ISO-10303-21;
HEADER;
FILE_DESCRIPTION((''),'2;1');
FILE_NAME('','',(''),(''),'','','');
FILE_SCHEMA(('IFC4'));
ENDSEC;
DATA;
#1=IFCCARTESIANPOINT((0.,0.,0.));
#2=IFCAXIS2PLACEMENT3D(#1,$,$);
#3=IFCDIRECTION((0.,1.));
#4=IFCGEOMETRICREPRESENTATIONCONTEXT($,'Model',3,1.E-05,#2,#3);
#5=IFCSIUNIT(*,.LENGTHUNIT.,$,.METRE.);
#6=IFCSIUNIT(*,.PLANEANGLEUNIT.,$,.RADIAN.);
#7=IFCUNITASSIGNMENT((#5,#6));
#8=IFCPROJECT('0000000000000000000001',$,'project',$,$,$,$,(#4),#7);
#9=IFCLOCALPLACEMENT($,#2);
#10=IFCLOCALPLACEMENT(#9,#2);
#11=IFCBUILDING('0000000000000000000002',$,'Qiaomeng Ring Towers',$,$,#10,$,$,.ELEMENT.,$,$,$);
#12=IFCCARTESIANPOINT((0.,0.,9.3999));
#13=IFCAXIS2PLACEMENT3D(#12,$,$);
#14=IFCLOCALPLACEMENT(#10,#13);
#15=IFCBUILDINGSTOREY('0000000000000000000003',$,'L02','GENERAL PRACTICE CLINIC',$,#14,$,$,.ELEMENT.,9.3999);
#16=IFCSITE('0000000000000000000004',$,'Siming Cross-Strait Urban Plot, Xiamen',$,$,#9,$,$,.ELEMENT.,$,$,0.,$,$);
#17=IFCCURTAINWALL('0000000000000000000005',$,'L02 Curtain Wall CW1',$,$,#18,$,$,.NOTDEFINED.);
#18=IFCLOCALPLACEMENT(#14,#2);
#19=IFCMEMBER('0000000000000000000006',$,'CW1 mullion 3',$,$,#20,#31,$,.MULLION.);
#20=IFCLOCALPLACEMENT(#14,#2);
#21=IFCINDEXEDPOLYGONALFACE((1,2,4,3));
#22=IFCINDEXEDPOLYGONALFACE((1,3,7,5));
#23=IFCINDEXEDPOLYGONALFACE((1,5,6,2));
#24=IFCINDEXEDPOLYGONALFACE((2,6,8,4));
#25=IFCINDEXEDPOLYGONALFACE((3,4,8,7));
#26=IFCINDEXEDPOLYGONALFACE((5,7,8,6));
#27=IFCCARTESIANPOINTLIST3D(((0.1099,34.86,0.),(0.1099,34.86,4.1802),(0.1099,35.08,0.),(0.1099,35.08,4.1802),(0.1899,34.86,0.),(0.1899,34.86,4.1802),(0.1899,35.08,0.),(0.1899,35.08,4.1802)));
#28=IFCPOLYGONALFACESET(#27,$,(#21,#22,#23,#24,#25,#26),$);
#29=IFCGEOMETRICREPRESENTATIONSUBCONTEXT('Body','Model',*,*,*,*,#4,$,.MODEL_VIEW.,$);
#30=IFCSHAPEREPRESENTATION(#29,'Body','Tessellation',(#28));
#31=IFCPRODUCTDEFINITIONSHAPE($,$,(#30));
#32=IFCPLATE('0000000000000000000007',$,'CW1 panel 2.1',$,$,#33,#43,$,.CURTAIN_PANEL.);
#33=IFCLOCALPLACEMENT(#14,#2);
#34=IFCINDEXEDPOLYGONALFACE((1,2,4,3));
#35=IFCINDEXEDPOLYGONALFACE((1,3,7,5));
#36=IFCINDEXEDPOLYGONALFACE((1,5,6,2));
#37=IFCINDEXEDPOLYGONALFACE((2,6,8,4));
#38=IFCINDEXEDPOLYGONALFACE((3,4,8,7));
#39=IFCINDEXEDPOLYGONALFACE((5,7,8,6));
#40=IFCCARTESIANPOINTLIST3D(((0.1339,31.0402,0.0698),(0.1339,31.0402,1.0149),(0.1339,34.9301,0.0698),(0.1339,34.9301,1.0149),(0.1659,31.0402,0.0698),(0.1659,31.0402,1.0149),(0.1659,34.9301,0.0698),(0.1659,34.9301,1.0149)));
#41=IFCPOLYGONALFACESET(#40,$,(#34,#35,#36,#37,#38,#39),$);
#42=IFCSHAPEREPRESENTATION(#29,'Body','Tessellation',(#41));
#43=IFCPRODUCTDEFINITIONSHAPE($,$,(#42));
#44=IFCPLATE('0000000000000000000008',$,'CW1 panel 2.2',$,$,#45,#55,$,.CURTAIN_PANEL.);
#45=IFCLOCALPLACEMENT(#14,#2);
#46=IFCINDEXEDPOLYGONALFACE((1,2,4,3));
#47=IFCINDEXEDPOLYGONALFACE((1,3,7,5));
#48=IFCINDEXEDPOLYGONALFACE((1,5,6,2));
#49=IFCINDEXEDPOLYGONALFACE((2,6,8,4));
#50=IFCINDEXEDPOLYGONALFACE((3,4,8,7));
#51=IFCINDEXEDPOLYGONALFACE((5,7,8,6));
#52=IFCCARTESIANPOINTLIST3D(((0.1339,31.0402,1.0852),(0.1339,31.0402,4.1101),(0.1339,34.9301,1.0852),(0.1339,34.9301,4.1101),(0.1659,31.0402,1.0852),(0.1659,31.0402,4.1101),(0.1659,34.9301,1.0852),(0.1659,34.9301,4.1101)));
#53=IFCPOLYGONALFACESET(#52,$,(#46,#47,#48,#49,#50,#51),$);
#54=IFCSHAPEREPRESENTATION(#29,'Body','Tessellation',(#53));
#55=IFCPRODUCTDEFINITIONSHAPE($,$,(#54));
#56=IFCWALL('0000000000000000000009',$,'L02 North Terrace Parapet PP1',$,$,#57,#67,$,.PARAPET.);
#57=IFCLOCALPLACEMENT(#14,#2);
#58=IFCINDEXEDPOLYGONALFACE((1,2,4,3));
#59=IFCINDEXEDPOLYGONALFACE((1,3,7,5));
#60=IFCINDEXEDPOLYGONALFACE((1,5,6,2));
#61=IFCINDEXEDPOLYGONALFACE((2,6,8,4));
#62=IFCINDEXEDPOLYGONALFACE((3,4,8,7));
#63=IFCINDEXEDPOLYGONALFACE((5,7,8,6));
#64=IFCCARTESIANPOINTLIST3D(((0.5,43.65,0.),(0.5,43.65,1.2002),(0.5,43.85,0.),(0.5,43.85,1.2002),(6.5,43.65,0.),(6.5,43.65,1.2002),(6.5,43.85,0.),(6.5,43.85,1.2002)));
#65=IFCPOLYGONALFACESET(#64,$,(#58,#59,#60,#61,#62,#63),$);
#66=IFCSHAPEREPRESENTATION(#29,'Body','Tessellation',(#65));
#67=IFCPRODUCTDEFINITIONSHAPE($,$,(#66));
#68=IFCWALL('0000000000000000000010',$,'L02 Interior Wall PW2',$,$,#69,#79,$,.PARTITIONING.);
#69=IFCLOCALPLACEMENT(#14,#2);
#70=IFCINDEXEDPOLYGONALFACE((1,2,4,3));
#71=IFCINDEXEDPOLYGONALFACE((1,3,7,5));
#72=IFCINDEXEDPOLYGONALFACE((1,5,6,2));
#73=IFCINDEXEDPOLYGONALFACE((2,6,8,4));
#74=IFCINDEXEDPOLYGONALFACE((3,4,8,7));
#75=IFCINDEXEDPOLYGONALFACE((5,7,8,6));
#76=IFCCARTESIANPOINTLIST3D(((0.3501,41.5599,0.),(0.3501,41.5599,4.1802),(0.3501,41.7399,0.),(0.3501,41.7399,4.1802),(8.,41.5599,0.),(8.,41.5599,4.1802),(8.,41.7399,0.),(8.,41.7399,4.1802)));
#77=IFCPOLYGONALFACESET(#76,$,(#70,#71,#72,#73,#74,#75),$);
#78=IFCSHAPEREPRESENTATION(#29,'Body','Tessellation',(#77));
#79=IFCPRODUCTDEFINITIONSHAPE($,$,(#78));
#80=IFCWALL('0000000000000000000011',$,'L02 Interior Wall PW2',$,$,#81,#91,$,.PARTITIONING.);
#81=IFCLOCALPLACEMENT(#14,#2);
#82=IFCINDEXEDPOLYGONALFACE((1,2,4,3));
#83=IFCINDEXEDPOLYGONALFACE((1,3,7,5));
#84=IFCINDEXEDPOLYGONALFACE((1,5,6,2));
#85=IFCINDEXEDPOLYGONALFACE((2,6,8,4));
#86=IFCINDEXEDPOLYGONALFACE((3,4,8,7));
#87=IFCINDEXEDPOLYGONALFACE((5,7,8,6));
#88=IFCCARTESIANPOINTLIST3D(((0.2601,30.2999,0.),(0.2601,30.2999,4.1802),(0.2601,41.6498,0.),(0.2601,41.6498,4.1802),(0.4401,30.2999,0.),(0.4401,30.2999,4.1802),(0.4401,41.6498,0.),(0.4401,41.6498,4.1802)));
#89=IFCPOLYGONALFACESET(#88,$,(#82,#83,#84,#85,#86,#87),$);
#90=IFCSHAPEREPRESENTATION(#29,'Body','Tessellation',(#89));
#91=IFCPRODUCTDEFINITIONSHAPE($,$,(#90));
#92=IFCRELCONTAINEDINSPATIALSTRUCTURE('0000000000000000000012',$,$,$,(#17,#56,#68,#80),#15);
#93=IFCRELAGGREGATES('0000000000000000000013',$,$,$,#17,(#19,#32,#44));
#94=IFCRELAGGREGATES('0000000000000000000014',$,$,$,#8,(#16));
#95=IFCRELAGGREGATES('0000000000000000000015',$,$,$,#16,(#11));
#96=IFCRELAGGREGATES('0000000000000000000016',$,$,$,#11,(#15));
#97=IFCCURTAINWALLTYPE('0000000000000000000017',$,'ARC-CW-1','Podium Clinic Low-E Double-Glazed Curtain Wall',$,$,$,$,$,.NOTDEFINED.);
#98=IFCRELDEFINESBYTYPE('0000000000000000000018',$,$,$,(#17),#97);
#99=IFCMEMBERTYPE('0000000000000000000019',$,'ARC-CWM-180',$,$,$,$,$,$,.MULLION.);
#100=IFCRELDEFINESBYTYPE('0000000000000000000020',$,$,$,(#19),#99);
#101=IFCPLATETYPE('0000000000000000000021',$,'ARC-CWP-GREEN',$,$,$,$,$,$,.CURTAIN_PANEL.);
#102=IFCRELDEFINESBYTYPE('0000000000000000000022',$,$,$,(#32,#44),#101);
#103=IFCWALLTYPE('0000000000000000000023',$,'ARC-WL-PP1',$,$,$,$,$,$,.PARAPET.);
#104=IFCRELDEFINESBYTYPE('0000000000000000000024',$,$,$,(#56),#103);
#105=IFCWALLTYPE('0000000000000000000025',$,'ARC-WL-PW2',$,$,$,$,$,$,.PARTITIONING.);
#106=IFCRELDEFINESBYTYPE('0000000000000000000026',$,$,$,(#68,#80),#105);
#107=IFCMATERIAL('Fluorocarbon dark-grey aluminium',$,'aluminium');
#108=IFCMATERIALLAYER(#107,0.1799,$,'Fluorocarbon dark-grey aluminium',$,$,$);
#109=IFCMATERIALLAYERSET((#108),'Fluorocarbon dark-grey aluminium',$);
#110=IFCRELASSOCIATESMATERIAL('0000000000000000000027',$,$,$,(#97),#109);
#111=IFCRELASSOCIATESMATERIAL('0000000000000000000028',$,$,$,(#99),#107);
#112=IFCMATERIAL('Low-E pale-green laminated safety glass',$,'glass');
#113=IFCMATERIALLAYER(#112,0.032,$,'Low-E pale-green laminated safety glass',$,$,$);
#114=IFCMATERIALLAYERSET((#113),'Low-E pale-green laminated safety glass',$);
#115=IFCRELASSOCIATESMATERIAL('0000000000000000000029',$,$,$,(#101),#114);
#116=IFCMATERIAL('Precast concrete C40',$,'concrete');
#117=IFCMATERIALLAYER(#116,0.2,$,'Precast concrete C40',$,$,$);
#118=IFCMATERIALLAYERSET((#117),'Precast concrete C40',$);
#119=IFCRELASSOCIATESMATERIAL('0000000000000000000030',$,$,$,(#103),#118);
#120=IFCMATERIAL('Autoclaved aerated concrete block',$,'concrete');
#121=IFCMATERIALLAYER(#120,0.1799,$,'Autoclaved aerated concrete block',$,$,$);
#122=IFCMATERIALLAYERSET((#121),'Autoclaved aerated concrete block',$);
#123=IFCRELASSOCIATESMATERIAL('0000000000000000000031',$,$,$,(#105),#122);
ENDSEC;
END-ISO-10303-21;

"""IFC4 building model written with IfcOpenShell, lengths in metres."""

from ifc_helpers import new_model, si_unit, direction, frame, frame_2d, origin, origin_2d, place, context, subcontext, project, spatial, rectangle, extrude, source, transform, mapped, material, layer, layer_set, material_profile, profile_set, type_object, element, aggregate, save


model = new_model("IFC4")

# Units and contexts
model_context = context("Model", 3, precision=1e-05, world=origin(), true_north=direction((0.0, 1.0)))
body_context = subcontext(model_context, "Body", "Model", "MODEL_VIEW")
ifc_project = project(units=[si_unit("LENGTHUNIT", "METRE"), si_unit("PLANEANGLEUNIT", "RADIAN")], contexts=[model_context])

# Site, building, storey
site_placement = place(None, origin())
site = spatial("IfcSite", under=ifc_project, at=site_placement, Name="Siming Cross-Strait Urban Plot, Xiamen", CompositionType="ELEMENT", RefElevation=0.0)
building_placement = place(site_placement, origin())
building = spatial("IfcBuilding", under=site, at=building_placement, Name="Qiaomeng Ring Towers", CompositionType="ELEMENT")
storey_placement = place(building_placement, frame((0.0, 0.0, 9.3999)))
storey = spatial("IfcBuildingStorey", under=building, at=storey_placement, Name="L02", Description="GENERAL PRACTICE CLINIC", CompositionType="ELEMENT", Elevation=9.3999)

# Curtain wall, member, plates
ifc_material_1 = material(Name="Fluorocarbon dark-grey aluminium", Category="aluminium")
ifc_layer_1 = layer(ifc_material_1, 0.1799, Name="Fluorocarbon dark-grey aluminium")
ifc_layer_set_1 = layer_set([ifc_layer_1], Name="Fluorocarbon dark-grey aluminium")
curtain_wall_type = type_object("IfcCurtainWallType", Name="ARC-CW-1", Description="Podium Clinic Low-E Double-Glazed Curtain Wall", PredefinedType="NOTDEFINED", material=ifc_layer_set_1)
curtain_wall_placement = place(storey_placement, origin())
curtain_wall = element("IfcCurtainWall", 1, at=curtain_wall_placement, inside=storey, type_object=curtain_wall_type, Name="L02 Curtain Wall CW1", PredefinedType="NOTDEFINED")
ifc_material_profile_1 = material_profile(ifc_material_1, rectangle(XDim=0.0801, YDim=0.22, at=origin_2d()), Name="ALU MULL 80x220")
ifc_profile_set_1 = profile_set([ifc_material_profile_1], Name="Fluorocarbon dark-grey aluminium")
member_type_1 = type_object("IfcMemberType", Name="ARC-CWM-180", PredefinedType="MULLION", material=ifc_profile_set_1)
shared_shape_1 = source(origin(), body_context, "Body", "SweptSolid", [
    extrude(rectangle(XDim=0.0801, YDim=0.22, at=origin_2d()), origin(), (0.0, 0.0, 1.0), 4.1802),
])
member_1_placement = place(storey_placement, frame((0.1499, 34.97, 0.0), z_axis=(0.0, 0.0, 1.0), x_axis=(-1.0, 0.0, 0.0)))
member_1 = element("IfcMember", 2, at=member_1_placement, type_object=member_type_1, Name="CW1 mullion 3", PredefinedType="MULLION", context=body_context, shape_type="MappedRepresentation", body=[
    mapped(shared_shape_1, transform((0.0, 0.0, 0.0), x_axis=(1.0, 0.0, 0.0), y_axis=(0.0, 1.0, 0.0), z_axis=(0.0, 0.0, 1.0), scale=1.0)),
])
ifc_material_2 = material(Name="Low-E pale-green laminated safety glass", Category="glass")
ifc_layer_2 = layer(ifc_material_2, 0.032, Name="Low-E pale-green laminated safety glass")
ifc_layer_set_2 = layer_set([ifc_layer_2], Name="Low-E pale-green laminated safety glass")
plate_type = type_object("IfcPlateType", Name="ARC-CWP-GREEN", PredefinedType="CURTAIN_PANEL", material=ifc_layer_set_2)
shared_shape_2 = source(origin(), body_context, "Body", "SweptSolid", [
    extrude(rectangle(XDim=3.8899, YDim=0.032, at=origin_2d()), origin(), (0.0, 0.0, 1.0), 0.9451),
])
plate_1_placement = place(storey_placement, frame((0.1499, 32.9851, 0.0698), z_axis=(0.0, 0.0, 1.0), x_axis=(0.0, 1.0, 0.0)))
plate_1 = element("IfcPlate", 3, at=plate_1_placement, type_object=plate_type, Name="CW1 panel 2.1", PredefinedType="CURTAIN_PANEL", context=body_context, shape_type="MappedRepresentation", body=[
    mapped(shared_shape_2, transform((0.0, 0.0, 0.0), x_axis=(1.0, 0.0, 0.0), y_axis=(0.0, 1.0, 0.0), z_axis=(0.0, 0.0, 1.0), scale=1.0)),
])
shared_shape_3 = source(origin(), body_context, "Body", "SweptSolid", [
    extrude(rectangle(XDim=3.8899, YDim=0.032, at=origin_2d()), origin(), (0.0, 0.0, 1.0), 3.0249),
])
plate_2_placement = place(storey_placement, frame((0.1499, 32.9851, 1.0852), z_axis=(0.0, 0.0, 1.0), x_axis=(0.0, 1.0, 0.0)))
plate_2 = element("IfcPlate", 4, at=plate_2_placement, type_object=plate_type, Name="CW1 panel 2.2", PredefinedType="CURTAIN_PANEL", context=body_context, shape_type="MappedRepresentation", body=[
    mapped(shared_shape_3, transform((0.0, 0.0, 0.0), x_axis=(1.0, 0.0, 0.0), y_axis=(0.0, 1.0, 0.0), z_axis=(0.0, 0.0, 1.0), scale=1.0)),
])
aggregate(curtain_wall, [member_1, plate_1, plate_2])

# Walls
ifc_material_3 = material(Name="Precast concrete C40", Category="concrete")
ifc_layer_3 = layer(ifc_material_3, 0.2, Name="Precast concrete C40")
ifc_layer_set_3 = layer_set([ifc_layer_3], Name="Precast concrete C40")
wall_type_1 = type_object("IfcWallType", Name="ARC-WL-PP1", PredefinedType="PARAPET", material=ifc_layer_set_3)
wall_1_placement = place(storey_placement, frame((0.5, 43.75, 0.0), z_axis=(0.0, 0.0, 1.0), x_axis=(1.0, 0.0, 0.0)))
element("IfcWall", 5, at=wall_1_placement, inside=storey, type_object=wall_type_1, Name="L02 North Terrace Parapet PP1", PredefinedType="PARAPET", context=body_context, shape_type="SweptSolid", body=[
    extrude(rectangle(XDim=6.0, YDim=0.2, at=frame_2d((3.0, 0.0))), origin(), (0.0, 0.0, 1.0), 1.2002),
])
ifc_material_4 = material(Name="Autoclaved aerated concrete block", Category="concrete")
ifc_layer_4 = layer(ifc_material_4, 0.1799, Name="Autoclaved aerated concrete block")
ifc_layer_set_4 = layer_set([ifc_layer_4], Name="Autoclaved aerated concrete block")
wall_type_2 = type_object("IfcWallType", Name="ARC-WL-PW2", PredefinedType="PARTITIONING", material=ifc_layer_set_4)
wall_2_placement = place(storey_placement, frame((0.3501, 41.6499, 0.0), z_axis=(0.0, 0.0, 1.0), x_axis=(1.0, 0.0, 0.0)))
element("IfcWall", 6, at=wall_2_placement, inside=storey, type_object=wall_type_2, Name="L02 Interior Wall PW2", PredefinedType="PARTITIONING", context=body_context, shape_type="SweptSolid", body=[
    extrude(rectangle(XDim=7.6499, YDim=0.1799, at=frame_2d((3.825, 0.0))), origin(), (0.0, 0.0, 1.0), 4.1802),
])
wall_3_placement = place(storey_placement, frame((0.3501, 30.3, 0.0), z_axis=(0.0, 0.0, 1.0), x_axis=(0.0, 1.0, 0.0)))
element("IfcWall", 7, at=wall_3_placement, inside=storey, type_object=wall_type_2, Name="L02 Interior Wall PW2", PredefinedType="PARTITIONING", context=body_context, shape_type="SweptSolid", body=[
    extrude(rectangle(XDim=11.3499, YDim=0.1799, at=frame_2d((5.6748, 0.0))), origin(), (0.0, 0.0, 1.0), 4.1802),
])

save(model, "model.ifc")
